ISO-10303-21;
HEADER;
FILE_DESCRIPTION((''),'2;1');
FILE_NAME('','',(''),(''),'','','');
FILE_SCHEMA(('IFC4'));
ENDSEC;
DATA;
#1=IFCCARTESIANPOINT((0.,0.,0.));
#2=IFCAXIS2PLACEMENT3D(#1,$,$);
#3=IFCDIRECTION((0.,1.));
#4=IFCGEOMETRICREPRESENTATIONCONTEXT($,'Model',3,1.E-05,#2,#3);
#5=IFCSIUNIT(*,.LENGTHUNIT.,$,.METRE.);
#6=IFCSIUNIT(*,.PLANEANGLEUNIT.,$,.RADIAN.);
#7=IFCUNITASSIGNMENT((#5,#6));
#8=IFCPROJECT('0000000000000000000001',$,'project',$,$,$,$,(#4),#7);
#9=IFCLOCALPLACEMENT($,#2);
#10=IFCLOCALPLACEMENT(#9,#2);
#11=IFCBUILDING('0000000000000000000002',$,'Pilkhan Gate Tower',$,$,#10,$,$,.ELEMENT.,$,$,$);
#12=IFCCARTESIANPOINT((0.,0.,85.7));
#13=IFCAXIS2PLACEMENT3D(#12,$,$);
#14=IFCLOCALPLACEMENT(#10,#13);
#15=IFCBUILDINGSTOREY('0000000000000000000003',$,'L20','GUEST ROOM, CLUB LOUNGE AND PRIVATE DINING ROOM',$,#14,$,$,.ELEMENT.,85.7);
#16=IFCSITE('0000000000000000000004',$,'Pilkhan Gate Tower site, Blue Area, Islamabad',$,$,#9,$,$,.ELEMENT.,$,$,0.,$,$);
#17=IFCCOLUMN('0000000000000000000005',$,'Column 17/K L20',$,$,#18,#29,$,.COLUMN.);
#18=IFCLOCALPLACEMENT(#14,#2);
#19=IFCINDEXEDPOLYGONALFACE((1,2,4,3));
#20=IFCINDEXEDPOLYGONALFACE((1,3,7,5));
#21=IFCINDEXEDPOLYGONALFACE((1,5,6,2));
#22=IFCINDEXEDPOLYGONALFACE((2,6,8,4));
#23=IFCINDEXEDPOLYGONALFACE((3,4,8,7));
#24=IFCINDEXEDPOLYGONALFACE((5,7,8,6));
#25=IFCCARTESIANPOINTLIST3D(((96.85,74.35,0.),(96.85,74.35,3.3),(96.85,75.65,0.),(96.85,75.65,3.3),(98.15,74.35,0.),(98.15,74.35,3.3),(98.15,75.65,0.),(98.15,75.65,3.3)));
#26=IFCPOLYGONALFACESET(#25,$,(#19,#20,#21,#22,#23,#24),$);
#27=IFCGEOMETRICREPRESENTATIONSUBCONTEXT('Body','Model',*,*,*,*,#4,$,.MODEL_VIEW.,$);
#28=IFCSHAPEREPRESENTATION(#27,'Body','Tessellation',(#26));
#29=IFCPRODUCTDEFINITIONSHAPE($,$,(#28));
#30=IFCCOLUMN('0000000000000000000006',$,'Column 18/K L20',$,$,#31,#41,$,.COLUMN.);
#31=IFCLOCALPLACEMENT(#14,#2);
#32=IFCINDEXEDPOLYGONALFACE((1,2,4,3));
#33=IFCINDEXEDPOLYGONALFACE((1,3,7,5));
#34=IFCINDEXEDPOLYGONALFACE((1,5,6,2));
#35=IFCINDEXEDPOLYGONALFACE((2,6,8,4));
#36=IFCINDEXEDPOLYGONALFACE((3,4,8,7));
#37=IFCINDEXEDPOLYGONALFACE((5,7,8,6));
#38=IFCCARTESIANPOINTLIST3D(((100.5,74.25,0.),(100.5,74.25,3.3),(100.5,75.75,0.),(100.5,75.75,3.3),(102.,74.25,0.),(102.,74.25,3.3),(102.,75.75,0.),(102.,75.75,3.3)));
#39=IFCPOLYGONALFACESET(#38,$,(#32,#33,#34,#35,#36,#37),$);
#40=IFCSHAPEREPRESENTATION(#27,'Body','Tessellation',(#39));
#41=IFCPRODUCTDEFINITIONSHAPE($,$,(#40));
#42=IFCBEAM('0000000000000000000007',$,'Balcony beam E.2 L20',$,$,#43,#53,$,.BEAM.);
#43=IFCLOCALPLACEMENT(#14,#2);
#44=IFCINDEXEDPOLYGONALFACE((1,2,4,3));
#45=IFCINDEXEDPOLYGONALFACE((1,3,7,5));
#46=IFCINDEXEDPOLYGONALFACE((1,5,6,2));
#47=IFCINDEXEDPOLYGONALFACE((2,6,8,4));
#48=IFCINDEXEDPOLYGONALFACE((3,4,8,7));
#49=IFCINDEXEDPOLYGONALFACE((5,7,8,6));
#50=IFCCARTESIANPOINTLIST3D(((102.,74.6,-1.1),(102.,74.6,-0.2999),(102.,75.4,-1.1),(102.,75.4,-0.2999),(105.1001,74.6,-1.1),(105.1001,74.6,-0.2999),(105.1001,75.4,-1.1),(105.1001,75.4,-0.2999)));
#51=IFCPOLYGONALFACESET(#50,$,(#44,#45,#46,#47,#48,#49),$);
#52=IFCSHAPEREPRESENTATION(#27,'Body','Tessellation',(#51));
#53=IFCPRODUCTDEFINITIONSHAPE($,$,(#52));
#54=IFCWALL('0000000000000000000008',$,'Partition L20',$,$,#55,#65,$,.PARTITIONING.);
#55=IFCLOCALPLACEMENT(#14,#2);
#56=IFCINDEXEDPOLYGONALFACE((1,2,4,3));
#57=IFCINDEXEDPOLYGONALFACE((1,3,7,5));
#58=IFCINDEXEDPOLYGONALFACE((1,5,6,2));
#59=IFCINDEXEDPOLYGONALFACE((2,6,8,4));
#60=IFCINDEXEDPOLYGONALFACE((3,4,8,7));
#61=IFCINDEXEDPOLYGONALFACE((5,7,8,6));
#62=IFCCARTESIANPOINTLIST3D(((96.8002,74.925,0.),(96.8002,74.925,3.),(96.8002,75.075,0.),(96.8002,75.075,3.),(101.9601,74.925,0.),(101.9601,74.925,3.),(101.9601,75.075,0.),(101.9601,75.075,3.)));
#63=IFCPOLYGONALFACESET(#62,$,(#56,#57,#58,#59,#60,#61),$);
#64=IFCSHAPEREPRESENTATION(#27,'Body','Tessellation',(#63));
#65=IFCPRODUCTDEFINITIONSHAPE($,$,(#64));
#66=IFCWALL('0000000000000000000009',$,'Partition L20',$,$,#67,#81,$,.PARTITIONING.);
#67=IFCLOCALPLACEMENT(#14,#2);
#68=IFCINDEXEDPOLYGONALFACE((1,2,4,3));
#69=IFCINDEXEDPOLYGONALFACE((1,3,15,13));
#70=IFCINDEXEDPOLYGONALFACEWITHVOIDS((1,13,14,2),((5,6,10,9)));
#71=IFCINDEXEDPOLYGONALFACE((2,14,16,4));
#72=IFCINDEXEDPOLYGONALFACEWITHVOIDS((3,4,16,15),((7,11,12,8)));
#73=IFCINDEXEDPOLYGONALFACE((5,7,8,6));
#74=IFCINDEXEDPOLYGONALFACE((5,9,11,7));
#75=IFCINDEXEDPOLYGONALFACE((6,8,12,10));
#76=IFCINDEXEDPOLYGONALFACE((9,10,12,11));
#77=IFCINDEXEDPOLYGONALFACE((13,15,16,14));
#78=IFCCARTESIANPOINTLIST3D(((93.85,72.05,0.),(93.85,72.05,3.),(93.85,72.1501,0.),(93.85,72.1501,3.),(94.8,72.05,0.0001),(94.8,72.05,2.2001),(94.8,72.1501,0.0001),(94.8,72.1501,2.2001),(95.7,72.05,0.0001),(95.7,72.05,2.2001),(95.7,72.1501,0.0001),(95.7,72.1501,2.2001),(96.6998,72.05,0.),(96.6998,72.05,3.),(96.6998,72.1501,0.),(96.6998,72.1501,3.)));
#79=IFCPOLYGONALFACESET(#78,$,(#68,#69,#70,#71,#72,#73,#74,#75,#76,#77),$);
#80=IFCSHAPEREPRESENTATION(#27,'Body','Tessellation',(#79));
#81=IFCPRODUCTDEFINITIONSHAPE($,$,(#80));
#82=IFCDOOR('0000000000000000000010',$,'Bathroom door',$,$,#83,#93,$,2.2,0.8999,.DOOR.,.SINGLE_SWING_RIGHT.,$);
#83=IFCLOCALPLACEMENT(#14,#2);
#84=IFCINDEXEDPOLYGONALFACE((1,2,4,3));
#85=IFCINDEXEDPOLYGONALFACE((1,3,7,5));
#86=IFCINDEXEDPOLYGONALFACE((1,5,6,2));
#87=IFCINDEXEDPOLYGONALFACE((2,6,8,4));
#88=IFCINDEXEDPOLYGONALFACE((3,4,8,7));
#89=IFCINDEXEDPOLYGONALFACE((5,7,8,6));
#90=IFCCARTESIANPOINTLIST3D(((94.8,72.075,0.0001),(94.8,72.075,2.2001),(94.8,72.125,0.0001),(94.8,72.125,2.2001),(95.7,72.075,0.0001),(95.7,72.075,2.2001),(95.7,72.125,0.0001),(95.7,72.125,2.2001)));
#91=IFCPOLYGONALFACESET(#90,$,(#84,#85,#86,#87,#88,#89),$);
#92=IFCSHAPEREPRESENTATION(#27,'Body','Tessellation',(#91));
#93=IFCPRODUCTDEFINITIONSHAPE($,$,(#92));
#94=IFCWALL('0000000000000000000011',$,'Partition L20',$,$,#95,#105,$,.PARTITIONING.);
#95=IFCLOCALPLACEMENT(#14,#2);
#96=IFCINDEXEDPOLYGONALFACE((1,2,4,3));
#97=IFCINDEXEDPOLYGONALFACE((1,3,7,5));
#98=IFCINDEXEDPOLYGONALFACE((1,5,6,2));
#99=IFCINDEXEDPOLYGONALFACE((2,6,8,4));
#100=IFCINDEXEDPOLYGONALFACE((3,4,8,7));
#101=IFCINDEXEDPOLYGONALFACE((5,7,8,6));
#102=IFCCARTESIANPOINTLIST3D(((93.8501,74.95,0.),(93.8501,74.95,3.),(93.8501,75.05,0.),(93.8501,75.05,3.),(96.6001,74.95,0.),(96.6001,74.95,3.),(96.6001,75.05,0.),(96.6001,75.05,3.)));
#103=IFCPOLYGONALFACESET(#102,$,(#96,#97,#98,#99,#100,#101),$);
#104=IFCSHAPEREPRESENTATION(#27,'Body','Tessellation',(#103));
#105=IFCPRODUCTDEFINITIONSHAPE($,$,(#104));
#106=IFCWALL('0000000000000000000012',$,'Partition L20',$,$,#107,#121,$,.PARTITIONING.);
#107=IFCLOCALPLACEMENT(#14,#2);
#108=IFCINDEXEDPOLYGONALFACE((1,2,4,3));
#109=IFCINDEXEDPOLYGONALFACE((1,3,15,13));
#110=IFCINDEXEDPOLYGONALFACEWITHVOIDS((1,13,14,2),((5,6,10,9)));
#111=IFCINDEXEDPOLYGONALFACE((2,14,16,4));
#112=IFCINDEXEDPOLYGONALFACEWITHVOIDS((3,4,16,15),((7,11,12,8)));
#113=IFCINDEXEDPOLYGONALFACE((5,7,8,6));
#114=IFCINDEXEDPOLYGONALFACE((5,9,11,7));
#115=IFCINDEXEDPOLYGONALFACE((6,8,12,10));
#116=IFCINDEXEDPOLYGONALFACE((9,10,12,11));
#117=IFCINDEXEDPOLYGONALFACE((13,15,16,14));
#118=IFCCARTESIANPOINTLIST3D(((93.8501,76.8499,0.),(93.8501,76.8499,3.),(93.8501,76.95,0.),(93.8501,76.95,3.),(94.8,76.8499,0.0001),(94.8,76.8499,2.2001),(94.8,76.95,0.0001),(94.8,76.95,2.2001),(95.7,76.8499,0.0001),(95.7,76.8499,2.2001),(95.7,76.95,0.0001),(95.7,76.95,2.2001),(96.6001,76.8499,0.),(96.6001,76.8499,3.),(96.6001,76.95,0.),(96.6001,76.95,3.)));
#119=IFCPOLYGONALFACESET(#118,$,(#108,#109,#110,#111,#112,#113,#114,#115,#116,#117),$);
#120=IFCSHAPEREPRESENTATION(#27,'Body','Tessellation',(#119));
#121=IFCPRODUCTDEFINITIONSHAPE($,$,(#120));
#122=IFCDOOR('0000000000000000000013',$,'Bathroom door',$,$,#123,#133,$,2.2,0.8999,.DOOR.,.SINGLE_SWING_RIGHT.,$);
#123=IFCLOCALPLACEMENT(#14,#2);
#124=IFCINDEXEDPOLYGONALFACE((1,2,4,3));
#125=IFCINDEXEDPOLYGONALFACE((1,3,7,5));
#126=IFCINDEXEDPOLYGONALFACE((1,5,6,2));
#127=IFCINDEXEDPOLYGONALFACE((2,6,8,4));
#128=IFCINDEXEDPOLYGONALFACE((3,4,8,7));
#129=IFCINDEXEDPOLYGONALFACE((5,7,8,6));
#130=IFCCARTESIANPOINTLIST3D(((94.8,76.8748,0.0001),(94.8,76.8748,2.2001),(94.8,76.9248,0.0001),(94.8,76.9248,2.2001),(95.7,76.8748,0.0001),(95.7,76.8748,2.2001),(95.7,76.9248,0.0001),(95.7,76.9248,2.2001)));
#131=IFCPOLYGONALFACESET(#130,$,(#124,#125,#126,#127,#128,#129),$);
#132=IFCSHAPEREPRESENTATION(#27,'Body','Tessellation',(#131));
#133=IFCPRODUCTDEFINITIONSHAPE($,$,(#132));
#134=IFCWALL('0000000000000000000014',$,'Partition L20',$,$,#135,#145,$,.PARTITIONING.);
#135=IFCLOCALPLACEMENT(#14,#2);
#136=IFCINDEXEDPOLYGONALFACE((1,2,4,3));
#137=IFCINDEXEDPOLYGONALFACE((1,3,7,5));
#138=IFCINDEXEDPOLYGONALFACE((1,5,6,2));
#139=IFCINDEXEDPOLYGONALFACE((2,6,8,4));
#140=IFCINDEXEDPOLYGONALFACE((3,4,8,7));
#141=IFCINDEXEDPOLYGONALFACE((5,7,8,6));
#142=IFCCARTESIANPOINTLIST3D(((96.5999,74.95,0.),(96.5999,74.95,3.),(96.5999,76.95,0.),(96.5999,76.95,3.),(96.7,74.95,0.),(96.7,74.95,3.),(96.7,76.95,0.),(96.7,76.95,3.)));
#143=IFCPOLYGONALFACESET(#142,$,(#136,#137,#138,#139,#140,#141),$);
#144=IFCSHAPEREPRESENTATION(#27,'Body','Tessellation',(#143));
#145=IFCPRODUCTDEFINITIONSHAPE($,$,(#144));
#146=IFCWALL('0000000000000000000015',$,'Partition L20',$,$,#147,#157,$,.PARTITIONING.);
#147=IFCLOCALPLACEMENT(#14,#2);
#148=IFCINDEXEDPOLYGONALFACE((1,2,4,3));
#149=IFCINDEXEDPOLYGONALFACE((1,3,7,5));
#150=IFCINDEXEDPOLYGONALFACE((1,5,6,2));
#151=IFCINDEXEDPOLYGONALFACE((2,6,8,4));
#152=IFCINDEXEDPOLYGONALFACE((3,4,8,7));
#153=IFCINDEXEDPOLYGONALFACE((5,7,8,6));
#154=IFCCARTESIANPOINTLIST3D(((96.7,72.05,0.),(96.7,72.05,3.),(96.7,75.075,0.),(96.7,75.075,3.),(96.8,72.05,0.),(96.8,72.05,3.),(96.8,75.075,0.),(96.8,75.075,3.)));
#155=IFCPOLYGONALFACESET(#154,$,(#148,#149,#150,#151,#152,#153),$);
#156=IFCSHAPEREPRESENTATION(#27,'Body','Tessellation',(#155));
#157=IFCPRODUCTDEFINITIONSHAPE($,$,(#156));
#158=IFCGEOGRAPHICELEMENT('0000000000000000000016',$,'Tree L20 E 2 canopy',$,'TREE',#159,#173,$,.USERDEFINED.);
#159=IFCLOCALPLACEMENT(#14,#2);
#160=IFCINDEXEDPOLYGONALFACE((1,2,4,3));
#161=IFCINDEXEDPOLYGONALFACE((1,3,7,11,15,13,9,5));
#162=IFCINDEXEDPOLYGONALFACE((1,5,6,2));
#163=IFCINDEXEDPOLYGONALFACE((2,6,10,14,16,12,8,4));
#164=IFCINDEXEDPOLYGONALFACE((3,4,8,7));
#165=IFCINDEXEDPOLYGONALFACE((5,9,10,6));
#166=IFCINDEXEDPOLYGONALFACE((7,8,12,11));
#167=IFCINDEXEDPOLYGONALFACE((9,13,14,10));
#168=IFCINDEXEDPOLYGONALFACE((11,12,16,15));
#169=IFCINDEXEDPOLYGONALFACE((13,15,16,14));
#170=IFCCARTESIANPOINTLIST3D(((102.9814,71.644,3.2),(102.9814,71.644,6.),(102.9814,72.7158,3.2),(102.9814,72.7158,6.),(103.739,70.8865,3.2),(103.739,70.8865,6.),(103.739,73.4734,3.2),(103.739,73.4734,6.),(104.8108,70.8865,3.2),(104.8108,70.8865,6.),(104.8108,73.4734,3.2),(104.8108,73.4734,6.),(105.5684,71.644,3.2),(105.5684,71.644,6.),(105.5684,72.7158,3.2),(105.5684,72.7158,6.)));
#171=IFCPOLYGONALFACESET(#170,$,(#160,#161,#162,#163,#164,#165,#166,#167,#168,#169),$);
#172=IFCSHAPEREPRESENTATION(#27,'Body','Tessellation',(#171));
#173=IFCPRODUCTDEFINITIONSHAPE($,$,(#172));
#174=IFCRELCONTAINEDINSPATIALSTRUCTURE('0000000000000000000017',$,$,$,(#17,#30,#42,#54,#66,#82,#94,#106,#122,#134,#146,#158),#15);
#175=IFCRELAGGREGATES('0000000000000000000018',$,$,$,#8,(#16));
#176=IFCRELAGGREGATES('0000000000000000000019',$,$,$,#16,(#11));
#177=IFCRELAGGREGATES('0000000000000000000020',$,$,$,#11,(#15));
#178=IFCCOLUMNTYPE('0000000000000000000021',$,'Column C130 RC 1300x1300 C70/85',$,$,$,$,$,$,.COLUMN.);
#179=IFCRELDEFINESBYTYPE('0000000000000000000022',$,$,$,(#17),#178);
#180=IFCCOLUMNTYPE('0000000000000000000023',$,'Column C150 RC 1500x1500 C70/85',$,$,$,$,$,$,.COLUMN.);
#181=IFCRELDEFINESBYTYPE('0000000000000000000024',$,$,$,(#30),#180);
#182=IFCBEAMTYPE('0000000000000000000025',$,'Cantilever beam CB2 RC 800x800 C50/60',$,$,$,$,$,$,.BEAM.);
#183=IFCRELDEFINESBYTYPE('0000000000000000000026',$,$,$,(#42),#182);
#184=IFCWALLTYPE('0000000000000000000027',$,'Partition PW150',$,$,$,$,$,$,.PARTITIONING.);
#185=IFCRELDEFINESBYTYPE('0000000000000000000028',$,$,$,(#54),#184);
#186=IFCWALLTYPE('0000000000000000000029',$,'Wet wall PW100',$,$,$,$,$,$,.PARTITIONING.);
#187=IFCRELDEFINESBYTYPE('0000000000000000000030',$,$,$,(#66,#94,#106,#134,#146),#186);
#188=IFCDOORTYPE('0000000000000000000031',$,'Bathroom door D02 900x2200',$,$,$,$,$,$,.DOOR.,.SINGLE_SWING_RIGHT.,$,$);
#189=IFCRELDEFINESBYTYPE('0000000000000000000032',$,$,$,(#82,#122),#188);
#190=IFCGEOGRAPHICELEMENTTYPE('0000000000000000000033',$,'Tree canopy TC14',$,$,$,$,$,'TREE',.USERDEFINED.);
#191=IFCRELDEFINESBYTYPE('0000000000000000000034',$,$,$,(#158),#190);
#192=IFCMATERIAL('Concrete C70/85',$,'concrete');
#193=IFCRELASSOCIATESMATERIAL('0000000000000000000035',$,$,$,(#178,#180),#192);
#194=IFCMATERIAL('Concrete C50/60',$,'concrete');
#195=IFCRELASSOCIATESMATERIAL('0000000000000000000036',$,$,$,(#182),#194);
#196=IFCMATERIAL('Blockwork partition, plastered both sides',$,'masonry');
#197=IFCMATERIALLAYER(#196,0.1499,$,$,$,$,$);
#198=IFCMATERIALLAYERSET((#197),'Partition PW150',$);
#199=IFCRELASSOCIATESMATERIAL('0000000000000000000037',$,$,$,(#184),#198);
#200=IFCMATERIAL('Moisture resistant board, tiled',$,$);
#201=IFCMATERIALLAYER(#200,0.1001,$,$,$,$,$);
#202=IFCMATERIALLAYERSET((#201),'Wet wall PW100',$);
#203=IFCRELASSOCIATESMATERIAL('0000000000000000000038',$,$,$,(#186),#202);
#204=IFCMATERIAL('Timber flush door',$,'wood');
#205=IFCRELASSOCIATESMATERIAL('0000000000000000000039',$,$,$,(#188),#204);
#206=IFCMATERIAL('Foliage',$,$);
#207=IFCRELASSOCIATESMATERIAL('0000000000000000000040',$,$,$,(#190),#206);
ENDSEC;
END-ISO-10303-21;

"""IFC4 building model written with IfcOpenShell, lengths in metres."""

from ifc_helpers import new_model, si_unit, direction, frame, frame_2d, origin, origin_2d, place, context, subcontext, project, spatial, polyline, rectangle, outline, extrude, material, layer, layer_set, material_profile, profile_set, type_object, element, fill, save


model = new_model("IFC4")

# Units and contexts
model_context = context("Model", 3, precision=1e-05, world=origin(), true_north=direction((0.0, 1.0)))
body_context = subcontext(model_context, "Body", "Model", "MODEL_VIEW")
ifc_project = project(units=[si_unit("LENGTHUNIT", "METRE"), si_unit("PLANEANGLEUNIT", "RADIAN")], contexts=[model_context])

# Site, building, storey
site_placement = place(None, origin())
site = spatial("IfcSite", under=ifc_project, at=site_placement, Name="Pilkhan Gate Tower site, Blue Area, Islamabad", CompositionType="ELEMENT", RefElevation=0.0)
building_placement = place(site_placement, origin())
building = spatial("IfcBuilding", under=site, at=building_placement, Name="Pilkhan Gate Tower", CompositionType="ELEMENT")
storey_placement = place(building_placement, frame((0.0, 0.0, 85.7)))
storey = spatial("IfcBuildingStorey", under=building, at=storey_placement, Name="L20", Description="GUEST ROOM, CLUB LOUNGE AND PRIVATE DINING ROOM", CompositionType="ELEMENT", Elevation=85.7)

# Columns
ifc_material_1 = material(Name="Concrete C70/85", Category="concrete")
ifc_material_profile_1 = material_profile(ifc_material_1, rectangle(XDim=1.3, YDim=1.3, at=origin_2d()), Name="RC 1300x1300")
ifc_profile_set_1 = profile_set([ifc_material_profile_1], Name="Concrete C70/85")
column_type_1 = type_object("IfcColumnType", Name="Column C130 RC 1300x1300 C70/85", PredefinedType="COLUMN", material=ifc_profile_set_1)
column_1_placement = place(storey_placement, frame((97.5, 75.0, 0.0), z_axis=(0.0, 0.0, 1.0), x_axis=(1.0, 0.0, 0.0)))
element("IfcColumn", 1, at=column_1_placement, inside=storey, type_object=column_type_1, Name="Column 17/K L20", PredefinedType="COLUMN", context=body_context, shape_type="SweptSolid", body=[
    extrude(rectangle(XDim=1.3, YDim=1.3, at=origin_2d()), origin(), (0.0, 0.0, 1.0), 3.3),
])
ifc_material_profile_2 = material_profile(ifc_material_1, rectangle(XDim=1.5, YDim=1.5, at=origin_2d()), Name="RC 1500x1500")
ifc_profile_set_2 = profile_set([ifc_material_profile_2], Name="Concrete C70/85")
column_type_2 = type_object("IfcColumnType", Name="Column C150 RC 1500x1500 C70/85", PredefinedType="COLUMN", material=ifc_profile_set_2)
column_2_placement = place(storey_placement, frame((101.25, 75.0, 0.0), z_axis=(0.0, 0.0, 1.0), x_axis=(1.0, 0.0, 0.0)))
element("IfcColumn", 2, at=column_2_placement, inside=storey, type_object=column_type_2, Name="Column 18/K L20", PredefinedType="COLUMN", context=body_context, shape_type="SweptSolid", body=[
    extrude(rectangle(XDim=1.5, YDim=1.5, at=origin_2d()), origin(), (0.0, 0.0, 1.0), 3.3),
])

# Beam
ifc_material_2 = material(Name="Concrete C50/60", Category="concrete")
ifc_material_profile_3 = material_profile(ifc_material_2, rectangle(XDim=0.8, YDim=0.8, at=origin_2d()), Name="RC 800x800")
ifc_profile_set_3 = profile_set([ifc_material_profile_3], Name="Concrete C50/60")
beam_type = type_object("IfcBeamType", Name="Cantilever beam CB2 RC 800x800 C50/60", PredefinedType="BEAM", material=ifc_profile_set_3)
beam_placement = place(storey_placement, frame((102.0, 75.0, -0.7), z_axis=(1.0, 0.0, 0.0), x_axis=(0.0, 1.0, 0.0)))
element("IfcBeam", 3, at=beam_placement, inside=storey, type_object=beam_type, Name="Balcony beam E.2 L20", PredefinedType="BEAM", context=body_context, shape_type="SweptSolid", body=[
    extrude(rectangle(XDim=0.8, YDim=0.8, at=origin_2d()), origin(), (0.0, 0.0, 1.0), 3.1001),
])

# Wall
ifc_material_3 = material(Name="Blockwork partition, plastered both sides", Category="masonry")
ifc_layer_1 = layer(ifc_material_3, 0.1499)
ifc_layer_set_1 = layer_set([ifc_layer_1], Name="Partition PW150")
wall_type_1 = type_object("IfcWallType", Name="Partition PW150", PredefinedType="PARTITIONING", material=ifc_layer_set_1)
wall_1_placement = place(storey_placement, frame((96.8, 75.0, 0.0), z_axis=(0.0, 0.0, 1.0), x_axis=(1.0, 0.0, 0.0)))
element("IfcWall", 4, at=wall_1_placement, inside=storey, type_object=wall_type_1, Name="Partition L20", PredefinedType="PARTITIONING", context=body_context, shape_type="SweptSolid", body=[
    extrude(rectangle(XDim=5.1599, YDim=0.1499, at=frame_2d((2.5801, 0.0))), origin(), (0.0, 0.0, 1.0), 3.0),
])

# Wall, opening, door
ifc_material_4 = material(Name="Moisture resistant board, tiled")
ifc_layer_2 = layer(ifc_material_4, 0.1001)
ifc_layer_set_2 = layer_set([ifc_layer_2], Name="Wet wall PW100")
wall_type_2 = type_object("IfcWallType", Name="Wet wall PW100", PredefinedType="PARTITIONING", material=ifc_layer_set_2)
wall_2_placement = place(storey_placement, frame((93.8501, 72.1001, 0.0), z_axis=(0.0, 0.0, 1.0), x_axis=(1.0, 0.0, 0.0)))
wall_2 = element("IfcWall", 5, at=wall_2_placement, inside=storey, type_object=wall_type_2, Name="Partition L20", PredefinedType="PARTITIONING", context=body_context, shape_type="SweptSolid", body=[
    extrude(rectangle(XDim=2.8499, YDim=0.1001, at=frame_2d((1.4248, 0.0))), origin(), (0.0, 0.0, 1.0), 3.0),
])
opening_1_placement = place(wall_2_placement, frame((0.95, 0.0, 0.0)))
opening_1 = element("IfcOpeningElement", 6, at=opening_1_placement, cuts=wall_2, PredefinedType="OPENING", context=body_context, shape_type="SweptSolid", body=[
    extrude(rectangle(XDim=0.8999, YDim=2.2, at=frame_2d((0.45, 1.1001))), frame((0.0, 0.0601, 0.0), z_axis=(0.0, -1.0, 0.0), x_axis=(1.0, 0.0, 0.0)), (0.0, 0.0, 1.0), 0.1201),
])
ifc_material_5 = material(Name="Timber flush door", Category="wood")
door_type_1 = type_object("IfcDoorType", Name="Bathroom door D02 900x2200", OperationType="SINGLE_SWING_RIGHT", PredefinedType="DOOR", material=ifc_material_5)
door_1_placement = place(opening_1_placement, origin())
door_1 = element("IfcDoor", 7, at=door_1_placement, inside=storey, type_object=door_type_1, Name="Bathroom door", OperationType="SINGLE_SWING_RIGHT", OverallHeight=2.2, OverallWidth=0.8999, PredefinedType="DOOR", context=body_context, shape_type="SweptSolid", body=[
    extrude(rectangle(XDim=0.8999, YDim=2.2, at=frame_2d((0.45, 1.1001))), frame((0.0, 0.0249, 0.0), z_axis=(0.0, -1.0, 0.0), x_axis=(1.0, 0.0, 0.0)), (0.0, 0.0, 1.0), 0.05),
])
fill(opening_1, door_1)

# Wall
wall_3_placement = place(storey_placement, frame((93.8501, 75.0, 0.0), z_axis=(0.0, 0.0, 1.0), x_axis=(1.0, 0.0, 0.0)))
element("IfcWall", 8, at=wall_3_placement, inside=storey, type_object=wall_type_2, Name="Partition L20", PredefinedType="PARTITIONING", context=body_context, shape_type="SweptSolid", body=[
    extrude(rectangle(XDim=2.75, YDim=0.1001, at=frame_2d((1.375, 0.0))), origin(), (0.0, 0.0, 1.0), 3.0),
])

# Wall, opening, door
wall_4_placement = place(storey_placement, frame((93.8501, 76.8999, 0.0), z_axis=(0.0, 0.0, 1.0), x_axis=(1.0, 0.0, 0.0)))
wall_4 = element("IfcWall", 9, at=wall_4_placement, inside=storey, type_object=wall_type_2, Name="Partition L20", PredefinedType="PARTITIONING", context=body_context, shape_type="SweptSolid", body=[
    extrude(rectangle(XDim=2.75, YDim=0.1001, at=frame_2d((1.375, 0.0))), origin(), (0.0, 0.0, 1.0), 3.0),
])
opening_2_placement = place(wall_4_placement, frame((0.95, 0.0, 0.0)))
opening_2 = element("IfcOpeningElement", 10, at=opening_2_placement, cuts=wall_4, PredefinedType="OPENING", context=body_context, shape_type="SweptSolid", body=[
    extrude(rectangle(XDim=0.8999, YDim=2.2, at=frame_2d((0.45, 1.1001))), frame((0.0, 0.0601, 0.0), z_axis=(0.0, -1.0, 0.0), x_axis=(1.0, 0.0, 0.0)), (0.0, 0.0, 1.0), 0.1201),
])
door_2_placement = place(opening_2_placement, origin())
door_2 = element("IfcDoor", 11, at=door_2_placement, inside=storey, type_object=door_type_1, Name="Bathroom door", OperationType="SINGLE_SWING_RIGHT", OverallHeight=2.2, OverallWidth=0.8999, PredefinedType="DOOR", context=body_context, shape_type="SweptSolid", body=[
    extrude(rectangle(XDim=0.8999, YDim=2.2, at=frame_2d((0.45, 1.1001))), frame((0.0, 0.0249, 0.0), z_axis=(0.0, -1.0, 0.0), x_axis=(1.0, 0.0, 0.0)), (0.0, 0.0, 1.0), 0.05),
])
fill(opening_2, door_2)

# Walls
wall_5_placement = place(storey_placement, frame((96.6499, 74.95, 0.0), z_axis=(0.0, 0.0, 1.0), x_axis=(0.0, 1.0, 0.0)))
element("IfcWall", 12, at=wall_5_placement, inside=storey, type_object=wall_type_2, Name="Partition L20", PredefinedType="PARTITIONING", context=body_context, shape_type="SweptSolid", body=[
    extrude(rectangle(XDim=2.0, YDim=0.1001, at=frame_2d((1.0, 0.0))), origin(), (0.0, 0.0, 1.0), 3.0),
])
wall_6_placement = place(storey_placement, frame((96.75, 72.05, 0.0), z_axis=(0.0, 0.0, 1.0), x_axis=(0.0, 1.0, 0.0)))
element("IfcWall", 13, at=wall_6_placement, inside=storey, type_object=wall_type_2, Name="Partition L20", PredefinedType="PARTITIONING", context=body_context, shape_type="SweptSolid", body=[
    extrude(rectangle(XDim=3.0249, YDim=0.1001, at=frame_2d((1.5125, 0.0))), origin(), (0.0, 0.0, 1.0), 3.0),
])

# Geographic element
ifc_material_6 = material(Name="Foliage")
ifc_material_profile_4 = material_profile(ifc_material_6, outline(polyline([(1.2935, 0.5359), (0.5359, 1.2935), (-0.5359, 1.2935), (-1.2935, 0.5359), (-1.2935, -0.5359), (-0.5359, -1.2935), (0.5359, -1.2935), (1.2935, -0.5359), (1.2935, 0.5359)])), Name="Canopy D2.8")
ifc_profile_set_4 = profile_set([ifc_material_profile_4], Name="Foliage")
geographic_element_type_1 = type_object("IfcGeographicElementType", Name="Tree canopy TC14", ElementType="TREE", PredefinedType="USERDEFINED", material=ifc_profile_set_4)
for number, where, z_axis, x_axis, name in (
    (14, (104.2749, 72.1799, 3.2), (0.0, 0.0, 1.0), (1.0, 0.0, 0.0), "Tree L20 E 2 canopy"),
):
    element("IfcGeographicElement", number, at=place(storey_placement, frame(where, z_axis=z_axis, x_axis=x_axis)), inside=storey, type_object=geographic_element_type_1, Name=name, ObjectType="TREE", PredefinedType="USERDEFINED", context=body_context, shape_type="SweptSolid", body=[
        extrude(outline(polyline([(1.2935, 0.5359), (0.5359, 1.2935), (-0.5359, 1.2935), (-1.2935, 0.5359), (-1.2935, -0.5359), (-0.5359, -1.2935), (0.5359, -1.2935), (1.2935, -0.5359), (1.2935, 0.5359)])), origin(), (0.0, 0.0, 1.0), 2.8),
    ])

save(model, "model.ifc")
